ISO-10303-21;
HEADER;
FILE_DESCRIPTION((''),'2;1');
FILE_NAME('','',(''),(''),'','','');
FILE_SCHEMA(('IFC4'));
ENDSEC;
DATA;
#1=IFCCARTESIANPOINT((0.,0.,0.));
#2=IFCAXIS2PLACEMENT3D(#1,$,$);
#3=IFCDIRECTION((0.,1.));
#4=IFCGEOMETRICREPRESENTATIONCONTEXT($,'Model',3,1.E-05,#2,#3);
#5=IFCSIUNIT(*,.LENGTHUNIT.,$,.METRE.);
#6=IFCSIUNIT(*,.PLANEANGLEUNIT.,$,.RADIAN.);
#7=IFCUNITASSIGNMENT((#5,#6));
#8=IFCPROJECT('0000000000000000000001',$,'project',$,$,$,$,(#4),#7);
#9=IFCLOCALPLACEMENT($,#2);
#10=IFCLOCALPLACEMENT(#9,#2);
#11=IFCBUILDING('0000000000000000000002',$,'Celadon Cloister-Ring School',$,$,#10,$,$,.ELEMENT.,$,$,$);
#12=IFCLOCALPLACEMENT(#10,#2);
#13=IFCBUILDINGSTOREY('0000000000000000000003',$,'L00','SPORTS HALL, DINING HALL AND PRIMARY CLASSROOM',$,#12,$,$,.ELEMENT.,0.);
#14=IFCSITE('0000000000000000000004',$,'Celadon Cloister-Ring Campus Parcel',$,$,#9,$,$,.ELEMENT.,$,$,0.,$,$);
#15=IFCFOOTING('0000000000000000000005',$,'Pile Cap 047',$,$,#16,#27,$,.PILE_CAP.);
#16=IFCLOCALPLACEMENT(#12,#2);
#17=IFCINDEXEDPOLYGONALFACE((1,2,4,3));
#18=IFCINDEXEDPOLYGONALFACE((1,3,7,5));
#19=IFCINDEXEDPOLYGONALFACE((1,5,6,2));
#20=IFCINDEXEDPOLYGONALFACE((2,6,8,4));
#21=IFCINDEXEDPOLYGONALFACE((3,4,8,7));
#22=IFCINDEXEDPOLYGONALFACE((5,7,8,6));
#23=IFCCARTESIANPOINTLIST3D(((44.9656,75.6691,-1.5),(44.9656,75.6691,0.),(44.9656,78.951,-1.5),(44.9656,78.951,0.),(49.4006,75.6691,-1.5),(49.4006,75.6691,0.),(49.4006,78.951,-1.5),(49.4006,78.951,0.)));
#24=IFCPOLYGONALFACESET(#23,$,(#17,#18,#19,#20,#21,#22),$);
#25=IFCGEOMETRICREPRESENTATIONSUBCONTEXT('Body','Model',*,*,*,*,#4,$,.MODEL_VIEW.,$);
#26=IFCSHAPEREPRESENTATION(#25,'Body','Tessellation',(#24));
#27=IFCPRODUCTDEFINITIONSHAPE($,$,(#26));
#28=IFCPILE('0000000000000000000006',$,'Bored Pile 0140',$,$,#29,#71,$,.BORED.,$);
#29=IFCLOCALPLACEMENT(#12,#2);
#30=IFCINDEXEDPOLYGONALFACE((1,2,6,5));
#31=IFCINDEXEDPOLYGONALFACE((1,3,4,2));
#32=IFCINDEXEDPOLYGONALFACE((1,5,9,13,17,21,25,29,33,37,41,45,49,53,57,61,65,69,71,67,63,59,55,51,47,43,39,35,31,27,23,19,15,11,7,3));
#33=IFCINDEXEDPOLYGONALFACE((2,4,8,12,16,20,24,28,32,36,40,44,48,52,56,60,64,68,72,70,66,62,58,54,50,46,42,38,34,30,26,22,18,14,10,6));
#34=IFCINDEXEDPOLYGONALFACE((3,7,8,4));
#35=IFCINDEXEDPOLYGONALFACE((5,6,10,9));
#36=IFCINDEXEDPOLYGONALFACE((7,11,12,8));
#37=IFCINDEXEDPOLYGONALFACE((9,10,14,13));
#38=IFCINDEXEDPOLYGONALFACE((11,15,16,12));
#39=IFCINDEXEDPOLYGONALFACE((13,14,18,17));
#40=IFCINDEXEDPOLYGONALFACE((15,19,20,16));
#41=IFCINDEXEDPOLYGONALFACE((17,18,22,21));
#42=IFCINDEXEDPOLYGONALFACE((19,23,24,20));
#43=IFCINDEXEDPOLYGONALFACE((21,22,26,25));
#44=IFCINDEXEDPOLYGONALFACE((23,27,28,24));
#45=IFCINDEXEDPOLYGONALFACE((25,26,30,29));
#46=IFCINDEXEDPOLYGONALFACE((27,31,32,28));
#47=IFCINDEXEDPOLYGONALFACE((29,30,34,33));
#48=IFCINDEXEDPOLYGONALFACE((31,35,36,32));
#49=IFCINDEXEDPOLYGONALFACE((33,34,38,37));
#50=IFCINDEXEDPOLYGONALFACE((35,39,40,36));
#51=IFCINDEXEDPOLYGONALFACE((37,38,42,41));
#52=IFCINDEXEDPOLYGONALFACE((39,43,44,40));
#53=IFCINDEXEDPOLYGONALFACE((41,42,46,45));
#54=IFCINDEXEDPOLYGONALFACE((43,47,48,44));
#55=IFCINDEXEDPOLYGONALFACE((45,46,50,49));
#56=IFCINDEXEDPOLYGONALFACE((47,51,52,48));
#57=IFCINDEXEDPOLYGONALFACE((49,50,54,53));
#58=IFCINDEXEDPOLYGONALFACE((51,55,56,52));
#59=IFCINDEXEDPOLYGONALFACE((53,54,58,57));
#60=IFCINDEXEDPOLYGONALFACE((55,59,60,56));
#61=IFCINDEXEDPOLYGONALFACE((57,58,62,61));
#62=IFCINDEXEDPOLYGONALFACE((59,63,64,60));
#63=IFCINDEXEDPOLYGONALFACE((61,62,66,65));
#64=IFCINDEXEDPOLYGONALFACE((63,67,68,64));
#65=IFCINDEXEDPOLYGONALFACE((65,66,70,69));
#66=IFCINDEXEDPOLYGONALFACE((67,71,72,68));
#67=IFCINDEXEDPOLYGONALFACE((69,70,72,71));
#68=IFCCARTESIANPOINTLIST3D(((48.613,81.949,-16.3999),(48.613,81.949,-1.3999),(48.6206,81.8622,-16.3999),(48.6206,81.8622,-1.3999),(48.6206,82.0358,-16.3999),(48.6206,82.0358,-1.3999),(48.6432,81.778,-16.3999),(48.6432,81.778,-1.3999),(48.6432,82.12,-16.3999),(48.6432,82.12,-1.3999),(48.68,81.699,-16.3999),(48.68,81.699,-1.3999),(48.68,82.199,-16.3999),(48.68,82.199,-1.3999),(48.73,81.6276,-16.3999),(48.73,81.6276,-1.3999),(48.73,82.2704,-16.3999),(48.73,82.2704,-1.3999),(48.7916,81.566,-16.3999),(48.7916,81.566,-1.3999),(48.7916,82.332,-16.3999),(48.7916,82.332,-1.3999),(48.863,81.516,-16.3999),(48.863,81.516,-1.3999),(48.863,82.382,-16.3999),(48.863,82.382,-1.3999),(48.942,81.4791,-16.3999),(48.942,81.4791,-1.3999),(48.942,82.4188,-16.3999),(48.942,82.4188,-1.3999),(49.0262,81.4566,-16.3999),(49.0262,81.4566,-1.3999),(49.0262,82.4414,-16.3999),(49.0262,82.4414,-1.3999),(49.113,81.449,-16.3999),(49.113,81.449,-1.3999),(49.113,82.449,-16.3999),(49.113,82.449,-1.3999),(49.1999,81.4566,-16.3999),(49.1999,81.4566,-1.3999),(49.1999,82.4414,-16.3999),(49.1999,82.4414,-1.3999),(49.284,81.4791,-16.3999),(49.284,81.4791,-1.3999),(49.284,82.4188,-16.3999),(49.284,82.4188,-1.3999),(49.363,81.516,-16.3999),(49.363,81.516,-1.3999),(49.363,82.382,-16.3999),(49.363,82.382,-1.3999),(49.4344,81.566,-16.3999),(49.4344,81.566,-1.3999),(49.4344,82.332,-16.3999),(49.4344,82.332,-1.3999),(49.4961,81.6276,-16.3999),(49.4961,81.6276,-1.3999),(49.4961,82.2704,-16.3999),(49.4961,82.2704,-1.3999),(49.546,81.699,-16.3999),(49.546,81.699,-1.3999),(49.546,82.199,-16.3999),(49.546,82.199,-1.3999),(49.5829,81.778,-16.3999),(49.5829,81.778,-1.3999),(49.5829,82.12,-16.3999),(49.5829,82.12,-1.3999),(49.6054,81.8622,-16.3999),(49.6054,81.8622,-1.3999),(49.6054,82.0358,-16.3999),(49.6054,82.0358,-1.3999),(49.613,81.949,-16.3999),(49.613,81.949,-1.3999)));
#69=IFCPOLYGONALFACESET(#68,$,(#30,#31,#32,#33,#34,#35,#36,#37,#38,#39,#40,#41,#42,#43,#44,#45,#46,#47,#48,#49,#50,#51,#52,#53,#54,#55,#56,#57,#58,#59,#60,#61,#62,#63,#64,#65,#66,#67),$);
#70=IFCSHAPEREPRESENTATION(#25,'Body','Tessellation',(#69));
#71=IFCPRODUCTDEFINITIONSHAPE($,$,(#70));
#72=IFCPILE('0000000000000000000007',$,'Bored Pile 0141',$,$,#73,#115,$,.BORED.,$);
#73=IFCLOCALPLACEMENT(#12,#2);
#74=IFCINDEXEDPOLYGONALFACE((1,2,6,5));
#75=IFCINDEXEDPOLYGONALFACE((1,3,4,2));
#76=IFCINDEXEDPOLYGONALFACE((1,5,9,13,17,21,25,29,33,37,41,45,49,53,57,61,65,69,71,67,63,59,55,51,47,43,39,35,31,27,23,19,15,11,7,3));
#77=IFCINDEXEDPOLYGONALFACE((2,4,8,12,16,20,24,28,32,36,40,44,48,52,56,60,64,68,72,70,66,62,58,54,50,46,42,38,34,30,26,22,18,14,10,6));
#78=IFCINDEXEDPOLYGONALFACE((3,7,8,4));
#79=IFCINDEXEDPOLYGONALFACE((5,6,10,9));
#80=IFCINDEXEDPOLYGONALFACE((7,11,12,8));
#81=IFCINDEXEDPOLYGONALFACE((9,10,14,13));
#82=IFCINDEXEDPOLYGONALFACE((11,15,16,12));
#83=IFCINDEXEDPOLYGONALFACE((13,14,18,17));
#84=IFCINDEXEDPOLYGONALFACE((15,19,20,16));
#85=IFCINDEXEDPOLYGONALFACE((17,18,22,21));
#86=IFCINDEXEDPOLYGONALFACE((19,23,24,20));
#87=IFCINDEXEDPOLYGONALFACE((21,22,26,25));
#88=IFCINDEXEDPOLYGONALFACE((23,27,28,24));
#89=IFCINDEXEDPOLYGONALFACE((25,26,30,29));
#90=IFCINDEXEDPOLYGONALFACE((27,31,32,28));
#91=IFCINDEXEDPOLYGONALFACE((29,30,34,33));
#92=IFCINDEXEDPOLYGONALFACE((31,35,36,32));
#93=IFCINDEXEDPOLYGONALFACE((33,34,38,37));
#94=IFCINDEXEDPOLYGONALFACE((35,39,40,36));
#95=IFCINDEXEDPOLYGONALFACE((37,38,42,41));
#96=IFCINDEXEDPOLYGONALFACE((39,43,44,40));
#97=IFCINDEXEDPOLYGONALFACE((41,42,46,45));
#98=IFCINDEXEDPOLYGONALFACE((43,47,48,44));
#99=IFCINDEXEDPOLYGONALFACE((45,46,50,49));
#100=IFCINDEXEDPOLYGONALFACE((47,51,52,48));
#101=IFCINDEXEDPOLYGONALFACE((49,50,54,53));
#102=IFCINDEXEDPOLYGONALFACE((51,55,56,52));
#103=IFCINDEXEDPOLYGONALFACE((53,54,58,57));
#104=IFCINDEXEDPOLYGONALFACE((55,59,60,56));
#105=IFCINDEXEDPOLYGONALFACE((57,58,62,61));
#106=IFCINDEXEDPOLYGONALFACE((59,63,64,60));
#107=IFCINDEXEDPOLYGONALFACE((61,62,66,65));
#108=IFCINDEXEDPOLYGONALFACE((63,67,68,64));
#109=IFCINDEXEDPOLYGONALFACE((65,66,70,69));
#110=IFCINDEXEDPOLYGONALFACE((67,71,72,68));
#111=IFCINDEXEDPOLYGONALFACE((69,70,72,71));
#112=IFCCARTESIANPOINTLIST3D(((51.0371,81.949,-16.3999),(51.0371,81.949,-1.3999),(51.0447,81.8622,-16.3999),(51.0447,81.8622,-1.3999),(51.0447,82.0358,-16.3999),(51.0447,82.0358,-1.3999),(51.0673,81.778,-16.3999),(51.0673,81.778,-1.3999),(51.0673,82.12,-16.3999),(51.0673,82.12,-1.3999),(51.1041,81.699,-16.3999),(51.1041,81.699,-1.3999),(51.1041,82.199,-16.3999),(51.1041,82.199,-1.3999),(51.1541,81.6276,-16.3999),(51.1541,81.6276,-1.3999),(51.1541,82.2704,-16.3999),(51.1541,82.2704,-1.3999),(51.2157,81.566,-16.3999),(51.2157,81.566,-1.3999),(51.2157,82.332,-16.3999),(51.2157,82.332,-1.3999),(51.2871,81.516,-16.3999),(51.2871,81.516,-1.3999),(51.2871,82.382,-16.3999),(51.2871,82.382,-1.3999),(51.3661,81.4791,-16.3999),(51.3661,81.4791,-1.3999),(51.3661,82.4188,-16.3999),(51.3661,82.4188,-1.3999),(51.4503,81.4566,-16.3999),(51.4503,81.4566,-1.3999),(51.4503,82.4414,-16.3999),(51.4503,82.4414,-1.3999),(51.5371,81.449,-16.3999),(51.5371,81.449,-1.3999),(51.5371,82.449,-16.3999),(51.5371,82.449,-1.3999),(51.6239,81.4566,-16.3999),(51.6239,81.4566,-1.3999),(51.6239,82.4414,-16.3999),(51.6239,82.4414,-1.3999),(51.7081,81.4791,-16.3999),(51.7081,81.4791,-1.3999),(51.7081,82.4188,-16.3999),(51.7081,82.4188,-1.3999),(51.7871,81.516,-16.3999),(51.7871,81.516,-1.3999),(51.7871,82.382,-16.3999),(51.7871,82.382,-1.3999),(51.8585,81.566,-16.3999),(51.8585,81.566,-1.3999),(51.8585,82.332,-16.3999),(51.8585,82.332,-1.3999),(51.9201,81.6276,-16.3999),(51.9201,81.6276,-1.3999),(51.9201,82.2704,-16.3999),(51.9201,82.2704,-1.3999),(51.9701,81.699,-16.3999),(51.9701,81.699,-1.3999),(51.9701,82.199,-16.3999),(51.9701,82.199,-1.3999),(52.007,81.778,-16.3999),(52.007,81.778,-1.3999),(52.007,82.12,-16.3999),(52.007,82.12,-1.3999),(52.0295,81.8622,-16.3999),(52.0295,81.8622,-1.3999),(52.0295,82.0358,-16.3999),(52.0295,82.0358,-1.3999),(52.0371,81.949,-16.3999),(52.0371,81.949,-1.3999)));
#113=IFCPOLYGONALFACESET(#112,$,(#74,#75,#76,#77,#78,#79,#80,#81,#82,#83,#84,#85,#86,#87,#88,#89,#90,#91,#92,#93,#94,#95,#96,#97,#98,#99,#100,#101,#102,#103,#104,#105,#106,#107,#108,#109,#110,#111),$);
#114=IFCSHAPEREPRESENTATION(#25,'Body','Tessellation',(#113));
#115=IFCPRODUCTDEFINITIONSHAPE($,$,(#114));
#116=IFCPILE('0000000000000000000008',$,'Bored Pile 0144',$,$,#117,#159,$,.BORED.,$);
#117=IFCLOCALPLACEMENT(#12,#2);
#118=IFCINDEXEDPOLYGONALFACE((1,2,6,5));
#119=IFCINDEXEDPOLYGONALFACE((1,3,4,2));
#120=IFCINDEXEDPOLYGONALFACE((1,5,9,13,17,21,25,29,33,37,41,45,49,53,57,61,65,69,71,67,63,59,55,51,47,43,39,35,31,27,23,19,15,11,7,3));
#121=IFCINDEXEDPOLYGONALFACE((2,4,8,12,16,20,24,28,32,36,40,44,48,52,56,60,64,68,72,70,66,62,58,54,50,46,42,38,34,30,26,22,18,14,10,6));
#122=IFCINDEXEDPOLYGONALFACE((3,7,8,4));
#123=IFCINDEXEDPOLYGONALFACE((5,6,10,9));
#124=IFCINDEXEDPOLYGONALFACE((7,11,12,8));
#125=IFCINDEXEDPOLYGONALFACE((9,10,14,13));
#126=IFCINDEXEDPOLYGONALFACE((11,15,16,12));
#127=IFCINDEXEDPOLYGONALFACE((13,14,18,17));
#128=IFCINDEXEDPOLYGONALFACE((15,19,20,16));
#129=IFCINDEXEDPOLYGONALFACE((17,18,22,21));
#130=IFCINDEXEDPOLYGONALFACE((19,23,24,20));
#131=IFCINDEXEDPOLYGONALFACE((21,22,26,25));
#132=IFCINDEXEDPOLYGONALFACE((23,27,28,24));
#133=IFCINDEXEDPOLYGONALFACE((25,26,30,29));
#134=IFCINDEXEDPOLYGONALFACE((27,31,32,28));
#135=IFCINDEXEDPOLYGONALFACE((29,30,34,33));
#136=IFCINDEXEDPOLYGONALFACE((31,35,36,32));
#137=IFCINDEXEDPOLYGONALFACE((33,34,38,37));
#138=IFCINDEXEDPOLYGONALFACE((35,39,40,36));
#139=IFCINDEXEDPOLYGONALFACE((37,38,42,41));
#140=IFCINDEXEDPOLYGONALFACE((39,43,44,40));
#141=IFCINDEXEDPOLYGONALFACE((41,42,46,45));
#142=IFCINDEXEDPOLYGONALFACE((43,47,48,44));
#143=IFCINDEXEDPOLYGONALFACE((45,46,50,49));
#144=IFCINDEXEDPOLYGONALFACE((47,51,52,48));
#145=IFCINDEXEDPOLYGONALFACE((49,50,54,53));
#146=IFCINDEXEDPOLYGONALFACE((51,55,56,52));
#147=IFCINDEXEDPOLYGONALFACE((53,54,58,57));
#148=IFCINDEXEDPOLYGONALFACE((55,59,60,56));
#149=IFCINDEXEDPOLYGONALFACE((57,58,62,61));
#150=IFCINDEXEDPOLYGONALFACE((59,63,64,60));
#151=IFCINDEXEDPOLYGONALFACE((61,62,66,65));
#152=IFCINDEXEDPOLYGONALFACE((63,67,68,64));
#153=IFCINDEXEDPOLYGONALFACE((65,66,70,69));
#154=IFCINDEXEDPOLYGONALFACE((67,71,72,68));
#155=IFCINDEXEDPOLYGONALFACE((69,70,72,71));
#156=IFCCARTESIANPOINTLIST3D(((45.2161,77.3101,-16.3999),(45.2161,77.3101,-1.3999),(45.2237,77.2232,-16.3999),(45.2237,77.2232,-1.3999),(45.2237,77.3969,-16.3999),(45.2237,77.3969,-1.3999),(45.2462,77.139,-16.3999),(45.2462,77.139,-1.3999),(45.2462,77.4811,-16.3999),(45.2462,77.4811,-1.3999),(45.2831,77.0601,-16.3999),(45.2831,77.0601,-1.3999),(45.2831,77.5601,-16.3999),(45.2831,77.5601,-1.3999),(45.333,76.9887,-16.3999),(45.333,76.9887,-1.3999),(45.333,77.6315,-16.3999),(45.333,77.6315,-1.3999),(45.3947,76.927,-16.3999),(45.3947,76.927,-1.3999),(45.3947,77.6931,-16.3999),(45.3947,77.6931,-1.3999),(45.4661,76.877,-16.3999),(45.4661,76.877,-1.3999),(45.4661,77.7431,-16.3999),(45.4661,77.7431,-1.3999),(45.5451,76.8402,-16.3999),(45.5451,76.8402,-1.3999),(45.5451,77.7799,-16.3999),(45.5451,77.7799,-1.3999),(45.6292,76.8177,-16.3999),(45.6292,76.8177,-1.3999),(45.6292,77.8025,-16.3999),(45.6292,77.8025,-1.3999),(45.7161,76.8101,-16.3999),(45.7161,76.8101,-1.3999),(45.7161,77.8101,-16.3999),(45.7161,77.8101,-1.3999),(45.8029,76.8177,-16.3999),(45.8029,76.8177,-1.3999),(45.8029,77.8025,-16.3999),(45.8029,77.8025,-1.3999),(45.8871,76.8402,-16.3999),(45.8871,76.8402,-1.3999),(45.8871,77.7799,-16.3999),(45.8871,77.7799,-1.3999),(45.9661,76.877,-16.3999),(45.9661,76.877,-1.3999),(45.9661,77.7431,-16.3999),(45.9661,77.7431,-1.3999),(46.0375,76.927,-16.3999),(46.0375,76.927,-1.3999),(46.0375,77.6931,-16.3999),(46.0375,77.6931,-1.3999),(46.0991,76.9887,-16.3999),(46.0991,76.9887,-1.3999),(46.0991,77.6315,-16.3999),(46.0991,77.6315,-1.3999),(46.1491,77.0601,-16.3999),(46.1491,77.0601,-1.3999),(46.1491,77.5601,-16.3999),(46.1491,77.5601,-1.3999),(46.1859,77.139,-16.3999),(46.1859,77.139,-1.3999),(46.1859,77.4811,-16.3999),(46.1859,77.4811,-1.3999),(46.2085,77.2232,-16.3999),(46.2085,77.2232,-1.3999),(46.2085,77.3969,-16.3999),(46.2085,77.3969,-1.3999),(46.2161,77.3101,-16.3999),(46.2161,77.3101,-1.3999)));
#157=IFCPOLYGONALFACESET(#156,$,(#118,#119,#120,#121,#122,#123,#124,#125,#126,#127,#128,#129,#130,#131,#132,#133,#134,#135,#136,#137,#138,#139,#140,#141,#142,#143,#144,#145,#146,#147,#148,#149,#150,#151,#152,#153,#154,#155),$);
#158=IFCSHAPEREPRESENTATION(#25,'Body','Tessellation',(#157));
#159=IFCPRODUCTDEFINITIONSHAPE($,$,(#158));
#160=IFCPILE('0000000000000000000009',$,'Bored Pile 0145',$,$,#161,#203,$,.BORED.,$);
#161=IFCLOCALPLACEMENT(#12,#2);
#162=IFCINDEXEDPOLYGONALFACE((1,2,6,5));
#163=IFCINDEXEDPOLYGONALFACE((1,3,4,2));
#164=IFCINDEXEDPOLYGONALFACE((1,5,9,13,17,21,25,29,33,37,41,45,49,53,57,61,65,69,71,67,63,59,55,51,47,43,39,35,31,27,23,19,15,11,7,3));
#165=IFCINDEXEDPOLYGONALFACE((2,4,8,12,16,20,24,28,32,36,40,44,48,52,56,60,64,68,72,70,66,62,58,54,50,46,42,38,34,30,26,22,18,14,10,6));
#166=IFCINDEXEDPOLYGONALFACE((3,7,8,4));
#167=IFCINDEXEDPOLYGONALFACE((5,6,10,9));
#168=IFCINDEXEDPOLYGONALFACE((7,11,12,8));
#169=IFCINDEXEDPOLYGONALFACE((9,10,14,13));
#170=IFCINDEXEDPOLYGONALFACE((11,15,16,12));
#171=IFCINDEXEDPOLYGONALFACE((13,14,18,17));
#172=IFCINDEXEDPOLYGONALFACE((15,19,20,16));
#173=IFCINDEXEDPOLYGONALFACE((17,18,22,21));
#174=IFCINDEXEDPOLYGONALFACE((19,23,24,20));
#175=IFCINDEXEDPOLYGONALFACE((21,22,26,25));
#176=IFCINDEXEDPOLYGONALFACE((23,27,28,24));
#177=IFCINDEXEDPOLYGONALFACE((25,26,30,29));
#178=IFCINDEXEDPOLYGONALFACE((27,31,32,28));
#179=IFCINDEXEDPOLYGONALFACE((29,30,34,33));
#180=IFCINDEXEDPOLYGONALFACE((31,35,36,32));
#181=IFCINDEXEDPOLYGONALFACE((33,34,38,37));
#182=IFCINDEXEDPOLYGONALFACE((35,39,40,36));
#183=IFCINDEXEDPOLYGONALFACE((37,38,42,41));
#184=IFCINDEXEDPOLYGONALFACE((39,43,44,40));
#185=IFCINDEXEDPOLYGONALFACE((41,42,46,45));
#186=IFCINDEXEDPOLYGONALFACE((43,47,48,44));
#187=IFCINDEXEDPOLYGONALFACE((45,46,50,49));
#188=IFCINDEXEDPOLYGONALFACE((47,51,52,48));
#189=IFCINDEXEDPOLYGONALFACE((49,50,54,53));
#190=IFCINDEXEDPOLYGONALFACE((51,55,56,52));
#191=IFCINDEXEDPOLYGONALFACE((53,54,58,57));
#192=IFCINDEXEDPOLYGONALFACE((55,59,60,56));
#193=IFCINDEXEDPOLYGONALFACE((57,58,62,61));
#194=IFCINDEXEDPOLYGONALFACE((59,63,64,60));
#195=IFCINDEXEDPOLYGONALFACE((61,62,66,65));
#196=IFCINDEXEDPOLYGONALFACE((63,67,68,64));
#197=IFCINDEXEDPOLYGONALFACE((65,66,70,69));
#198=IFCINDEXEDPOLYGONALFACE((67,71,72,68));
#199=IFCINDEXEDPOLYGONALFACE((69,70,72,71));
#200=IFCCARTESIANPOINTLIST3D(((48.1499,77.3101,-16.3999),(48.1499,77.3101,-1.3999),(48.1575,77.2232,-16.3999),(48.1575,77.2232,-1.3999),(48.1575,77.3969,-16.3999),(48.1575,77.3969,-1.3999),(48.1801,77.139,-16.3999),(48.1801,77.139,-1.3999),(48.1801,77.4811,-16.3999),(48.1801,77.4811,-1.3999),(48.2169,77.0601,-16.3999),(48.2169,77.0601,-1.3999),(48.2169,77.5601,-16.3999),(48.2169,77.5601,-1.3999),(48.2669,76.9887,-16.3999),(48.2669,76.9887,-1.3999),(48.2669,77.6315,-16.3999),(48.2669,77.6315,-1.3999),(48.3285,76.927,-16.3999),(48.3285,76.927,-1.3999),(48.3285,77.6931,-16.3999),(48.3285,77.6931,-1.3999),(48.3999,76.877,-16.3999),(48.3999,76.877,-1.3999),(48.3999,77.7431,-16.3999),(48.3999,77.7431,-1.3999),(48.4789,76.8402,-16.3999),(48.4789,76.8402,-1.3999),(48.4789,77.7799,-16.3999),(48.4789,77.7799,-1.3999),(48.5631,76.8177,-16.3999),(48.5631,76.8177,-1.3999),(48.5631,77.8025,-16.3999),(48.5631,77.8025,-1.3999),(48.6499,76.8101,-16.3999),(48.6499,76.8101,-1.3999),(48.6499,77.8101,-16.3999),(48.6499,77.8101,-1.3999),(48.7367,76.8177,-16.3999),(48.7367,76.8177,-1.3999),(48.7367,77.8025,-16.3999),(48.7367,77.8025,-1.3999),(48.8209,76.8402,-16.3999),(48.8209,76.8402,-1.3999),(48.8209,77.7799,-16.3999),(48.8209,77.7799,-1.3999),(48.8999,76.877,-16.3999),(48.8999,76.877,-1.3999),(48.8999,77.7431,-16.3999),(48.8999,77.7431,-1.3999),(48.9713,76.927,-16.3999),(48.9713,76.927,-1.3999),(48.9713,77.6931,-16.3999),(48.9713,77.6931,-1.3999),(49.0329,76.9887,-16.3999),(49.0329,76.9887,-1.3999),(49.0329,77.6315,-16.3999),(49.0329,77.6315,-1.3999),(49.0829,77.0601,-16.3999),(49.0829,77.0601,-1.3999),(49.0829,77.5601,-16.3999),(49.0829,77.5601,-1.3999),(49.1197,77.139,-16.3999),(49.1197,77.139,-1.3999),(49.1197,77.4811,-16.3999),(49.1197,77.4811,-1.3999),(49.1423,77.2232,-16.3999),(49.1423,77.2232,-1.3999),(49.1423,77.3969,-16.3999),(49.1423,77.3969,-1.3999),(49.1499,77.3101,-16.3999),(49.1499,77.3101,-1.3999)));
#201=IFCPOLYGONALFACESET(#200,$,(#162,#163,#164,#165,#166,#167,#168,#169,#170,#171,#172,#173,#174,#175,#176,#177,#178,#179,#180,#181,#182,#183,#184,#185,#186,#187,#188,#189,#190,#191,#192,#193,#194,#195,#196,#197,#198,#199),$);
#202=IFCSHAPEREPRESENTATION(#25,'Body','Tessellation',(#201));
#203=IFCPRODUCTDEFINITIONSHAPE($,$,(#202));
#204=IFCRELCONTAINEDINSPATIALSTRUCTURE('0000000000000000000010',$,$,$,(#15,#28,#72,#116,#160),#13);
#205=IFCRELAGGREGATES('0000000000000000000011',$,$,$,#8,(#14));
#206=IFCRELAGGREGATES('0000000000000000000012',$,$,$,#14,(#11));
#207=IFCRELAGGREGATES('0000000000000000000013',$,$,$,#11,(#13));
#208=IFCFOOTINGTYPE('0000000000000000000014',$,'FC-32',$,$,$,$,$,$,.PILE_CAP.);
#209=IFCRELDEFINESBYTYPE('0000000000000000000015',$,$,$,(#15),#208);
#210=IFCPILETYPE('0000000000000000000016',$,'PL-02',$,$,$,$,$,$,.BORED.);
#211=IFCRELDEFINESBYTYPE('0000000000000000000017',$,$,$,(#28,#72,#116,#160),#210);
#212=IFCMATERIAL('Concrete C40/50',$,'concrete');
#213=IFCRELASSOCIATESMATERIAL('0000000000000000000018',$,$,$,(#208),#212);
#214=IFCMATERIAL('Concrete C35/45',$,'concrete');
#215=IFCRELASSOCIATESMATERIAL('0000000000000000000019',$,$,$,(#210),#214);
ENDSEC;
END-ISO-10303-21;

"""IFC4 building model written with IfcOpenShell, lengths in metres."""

from ifc_helpers import new_model, si_unit, direction, frame, origin, origin_2d, place, context, subcontext, project, spatial, rectangle, circle, extrude, material, material_profile, profile_set, type_object, element, save


model = new_model("IFC4")

# Units and contexts
model_context = context("Model", 3, precision=1e-05, world=origin(), true_north=direction((0.0, 1.0)))
body_context = subcontext(model_context, "Body", "Model", "MODEL_VIEW")
ifc_project = project(units=[si_unit("LENGTHUNIT", "METRE"), si_unit("PLANEANGLEUNIT", "RADIAN")], contexts=[model_context])

# Site, building, storey
site_placement = place(None, origin())
site = spatial("IfcSite", under=ifc_project, at=site_placement, Name="Celadon Cloister-Ring Campus Parcel", CompositionType="ELEMENT", RefElevation=0.0)
building_placement = place(site_placement, origin())
building = spatial("IfcBuilding", under=site, at=building_placement, Name="Celadon Cloister-Ring School", CompositionType="ELEMENT")
storey_placement = place(building_placement, origin())
storey = spatial("IfcBuildingStorey", under=building, at=storey_placement, Name="L00", Description="SPORTS HALL, DINING HALL AND PRIMARY CLASSROOM", CompositionType="ELEMENT", Elevation=0.0)

# Footing
ifc_material_1 = material(Name="Concrete C40/50", Category="concrete")
footing_type = type_object("IfcFootingType", Name="FC-32", PredefinedType="PILE_CAP", material=ifc_material_1)
footing_placement = place(storey_placement, frame((47.1831, 77.3101, -1.5), z_axis=(0.0, 0.0, 1.0), x_axis=(1.0, 0.0, 0.0)))
element("IfcFooting", 1, at=footing_placement, inside=storey, type_object=footing_type, Name="Pile Cap 047", PredefinedType="PILE_CAP", context=body_context, shape_type="SweptSolid", body=[
    extrude(rectangle(XDim=4.4351, YDim=3.282, at=origin_2d()), origin(), (0.0, 0.0, 1.0), 1.5),
])

# Piles
ifc_material_2 = material(Name="Concrete C35/45", Category="concrete")
ifc_material_profile_1 = material_profile(ifc_material_2, circle(Radius=0.5, at=origin_2d()), Name="PILE1000")
ifc_profile_set_1 = profile_set([ifc_material_profile_1], Name="Concrete C35/45")
pile_type = type_object("IfcPileType", Name="PL-02", PredefinedType="BORED", material=ifc_profile_set_1)
for number, where, z_axis, x_axis, name in (
    (2, (49.113, 81.949, -1.3999), (0.0, 0.0, -1.0), (1.0, 0.0, 0.0), "Bored Pile 0140"),
    (3, (51.5371, 81.949, -1.3999), (0.0, 0.0, -1.0), (1.0, 0.0, 0.0), "Bored Pile 0141"),
    (4, (45.7161, 77.3101, -1.3999), (0.0, 0.0, -1.0), (1.0, 0.0, 0.0), "Bored Pile 0144"),
    (5, (48.6499, 77.3101, -1.3999), (0.0, 0.0, -1.0), (1.0, 0.0, 0.0), "Bored Pile 0145"),
):
    element("IfcPile", number, at=place(storey_placement, frame(where, z_axis=z_axis, x_axis=x_axis)), inside=storey, type_object=pile_type, Name=name, PredefinedType="BORED", context=body_context, shape_type="SweptSolid", body=[
        extrude(circle(Radius=0.5, at=origin_2d()), origin(), (0.0, 0.0, 1.0), 15.0),
    ])

save(model, "model.ifc")
